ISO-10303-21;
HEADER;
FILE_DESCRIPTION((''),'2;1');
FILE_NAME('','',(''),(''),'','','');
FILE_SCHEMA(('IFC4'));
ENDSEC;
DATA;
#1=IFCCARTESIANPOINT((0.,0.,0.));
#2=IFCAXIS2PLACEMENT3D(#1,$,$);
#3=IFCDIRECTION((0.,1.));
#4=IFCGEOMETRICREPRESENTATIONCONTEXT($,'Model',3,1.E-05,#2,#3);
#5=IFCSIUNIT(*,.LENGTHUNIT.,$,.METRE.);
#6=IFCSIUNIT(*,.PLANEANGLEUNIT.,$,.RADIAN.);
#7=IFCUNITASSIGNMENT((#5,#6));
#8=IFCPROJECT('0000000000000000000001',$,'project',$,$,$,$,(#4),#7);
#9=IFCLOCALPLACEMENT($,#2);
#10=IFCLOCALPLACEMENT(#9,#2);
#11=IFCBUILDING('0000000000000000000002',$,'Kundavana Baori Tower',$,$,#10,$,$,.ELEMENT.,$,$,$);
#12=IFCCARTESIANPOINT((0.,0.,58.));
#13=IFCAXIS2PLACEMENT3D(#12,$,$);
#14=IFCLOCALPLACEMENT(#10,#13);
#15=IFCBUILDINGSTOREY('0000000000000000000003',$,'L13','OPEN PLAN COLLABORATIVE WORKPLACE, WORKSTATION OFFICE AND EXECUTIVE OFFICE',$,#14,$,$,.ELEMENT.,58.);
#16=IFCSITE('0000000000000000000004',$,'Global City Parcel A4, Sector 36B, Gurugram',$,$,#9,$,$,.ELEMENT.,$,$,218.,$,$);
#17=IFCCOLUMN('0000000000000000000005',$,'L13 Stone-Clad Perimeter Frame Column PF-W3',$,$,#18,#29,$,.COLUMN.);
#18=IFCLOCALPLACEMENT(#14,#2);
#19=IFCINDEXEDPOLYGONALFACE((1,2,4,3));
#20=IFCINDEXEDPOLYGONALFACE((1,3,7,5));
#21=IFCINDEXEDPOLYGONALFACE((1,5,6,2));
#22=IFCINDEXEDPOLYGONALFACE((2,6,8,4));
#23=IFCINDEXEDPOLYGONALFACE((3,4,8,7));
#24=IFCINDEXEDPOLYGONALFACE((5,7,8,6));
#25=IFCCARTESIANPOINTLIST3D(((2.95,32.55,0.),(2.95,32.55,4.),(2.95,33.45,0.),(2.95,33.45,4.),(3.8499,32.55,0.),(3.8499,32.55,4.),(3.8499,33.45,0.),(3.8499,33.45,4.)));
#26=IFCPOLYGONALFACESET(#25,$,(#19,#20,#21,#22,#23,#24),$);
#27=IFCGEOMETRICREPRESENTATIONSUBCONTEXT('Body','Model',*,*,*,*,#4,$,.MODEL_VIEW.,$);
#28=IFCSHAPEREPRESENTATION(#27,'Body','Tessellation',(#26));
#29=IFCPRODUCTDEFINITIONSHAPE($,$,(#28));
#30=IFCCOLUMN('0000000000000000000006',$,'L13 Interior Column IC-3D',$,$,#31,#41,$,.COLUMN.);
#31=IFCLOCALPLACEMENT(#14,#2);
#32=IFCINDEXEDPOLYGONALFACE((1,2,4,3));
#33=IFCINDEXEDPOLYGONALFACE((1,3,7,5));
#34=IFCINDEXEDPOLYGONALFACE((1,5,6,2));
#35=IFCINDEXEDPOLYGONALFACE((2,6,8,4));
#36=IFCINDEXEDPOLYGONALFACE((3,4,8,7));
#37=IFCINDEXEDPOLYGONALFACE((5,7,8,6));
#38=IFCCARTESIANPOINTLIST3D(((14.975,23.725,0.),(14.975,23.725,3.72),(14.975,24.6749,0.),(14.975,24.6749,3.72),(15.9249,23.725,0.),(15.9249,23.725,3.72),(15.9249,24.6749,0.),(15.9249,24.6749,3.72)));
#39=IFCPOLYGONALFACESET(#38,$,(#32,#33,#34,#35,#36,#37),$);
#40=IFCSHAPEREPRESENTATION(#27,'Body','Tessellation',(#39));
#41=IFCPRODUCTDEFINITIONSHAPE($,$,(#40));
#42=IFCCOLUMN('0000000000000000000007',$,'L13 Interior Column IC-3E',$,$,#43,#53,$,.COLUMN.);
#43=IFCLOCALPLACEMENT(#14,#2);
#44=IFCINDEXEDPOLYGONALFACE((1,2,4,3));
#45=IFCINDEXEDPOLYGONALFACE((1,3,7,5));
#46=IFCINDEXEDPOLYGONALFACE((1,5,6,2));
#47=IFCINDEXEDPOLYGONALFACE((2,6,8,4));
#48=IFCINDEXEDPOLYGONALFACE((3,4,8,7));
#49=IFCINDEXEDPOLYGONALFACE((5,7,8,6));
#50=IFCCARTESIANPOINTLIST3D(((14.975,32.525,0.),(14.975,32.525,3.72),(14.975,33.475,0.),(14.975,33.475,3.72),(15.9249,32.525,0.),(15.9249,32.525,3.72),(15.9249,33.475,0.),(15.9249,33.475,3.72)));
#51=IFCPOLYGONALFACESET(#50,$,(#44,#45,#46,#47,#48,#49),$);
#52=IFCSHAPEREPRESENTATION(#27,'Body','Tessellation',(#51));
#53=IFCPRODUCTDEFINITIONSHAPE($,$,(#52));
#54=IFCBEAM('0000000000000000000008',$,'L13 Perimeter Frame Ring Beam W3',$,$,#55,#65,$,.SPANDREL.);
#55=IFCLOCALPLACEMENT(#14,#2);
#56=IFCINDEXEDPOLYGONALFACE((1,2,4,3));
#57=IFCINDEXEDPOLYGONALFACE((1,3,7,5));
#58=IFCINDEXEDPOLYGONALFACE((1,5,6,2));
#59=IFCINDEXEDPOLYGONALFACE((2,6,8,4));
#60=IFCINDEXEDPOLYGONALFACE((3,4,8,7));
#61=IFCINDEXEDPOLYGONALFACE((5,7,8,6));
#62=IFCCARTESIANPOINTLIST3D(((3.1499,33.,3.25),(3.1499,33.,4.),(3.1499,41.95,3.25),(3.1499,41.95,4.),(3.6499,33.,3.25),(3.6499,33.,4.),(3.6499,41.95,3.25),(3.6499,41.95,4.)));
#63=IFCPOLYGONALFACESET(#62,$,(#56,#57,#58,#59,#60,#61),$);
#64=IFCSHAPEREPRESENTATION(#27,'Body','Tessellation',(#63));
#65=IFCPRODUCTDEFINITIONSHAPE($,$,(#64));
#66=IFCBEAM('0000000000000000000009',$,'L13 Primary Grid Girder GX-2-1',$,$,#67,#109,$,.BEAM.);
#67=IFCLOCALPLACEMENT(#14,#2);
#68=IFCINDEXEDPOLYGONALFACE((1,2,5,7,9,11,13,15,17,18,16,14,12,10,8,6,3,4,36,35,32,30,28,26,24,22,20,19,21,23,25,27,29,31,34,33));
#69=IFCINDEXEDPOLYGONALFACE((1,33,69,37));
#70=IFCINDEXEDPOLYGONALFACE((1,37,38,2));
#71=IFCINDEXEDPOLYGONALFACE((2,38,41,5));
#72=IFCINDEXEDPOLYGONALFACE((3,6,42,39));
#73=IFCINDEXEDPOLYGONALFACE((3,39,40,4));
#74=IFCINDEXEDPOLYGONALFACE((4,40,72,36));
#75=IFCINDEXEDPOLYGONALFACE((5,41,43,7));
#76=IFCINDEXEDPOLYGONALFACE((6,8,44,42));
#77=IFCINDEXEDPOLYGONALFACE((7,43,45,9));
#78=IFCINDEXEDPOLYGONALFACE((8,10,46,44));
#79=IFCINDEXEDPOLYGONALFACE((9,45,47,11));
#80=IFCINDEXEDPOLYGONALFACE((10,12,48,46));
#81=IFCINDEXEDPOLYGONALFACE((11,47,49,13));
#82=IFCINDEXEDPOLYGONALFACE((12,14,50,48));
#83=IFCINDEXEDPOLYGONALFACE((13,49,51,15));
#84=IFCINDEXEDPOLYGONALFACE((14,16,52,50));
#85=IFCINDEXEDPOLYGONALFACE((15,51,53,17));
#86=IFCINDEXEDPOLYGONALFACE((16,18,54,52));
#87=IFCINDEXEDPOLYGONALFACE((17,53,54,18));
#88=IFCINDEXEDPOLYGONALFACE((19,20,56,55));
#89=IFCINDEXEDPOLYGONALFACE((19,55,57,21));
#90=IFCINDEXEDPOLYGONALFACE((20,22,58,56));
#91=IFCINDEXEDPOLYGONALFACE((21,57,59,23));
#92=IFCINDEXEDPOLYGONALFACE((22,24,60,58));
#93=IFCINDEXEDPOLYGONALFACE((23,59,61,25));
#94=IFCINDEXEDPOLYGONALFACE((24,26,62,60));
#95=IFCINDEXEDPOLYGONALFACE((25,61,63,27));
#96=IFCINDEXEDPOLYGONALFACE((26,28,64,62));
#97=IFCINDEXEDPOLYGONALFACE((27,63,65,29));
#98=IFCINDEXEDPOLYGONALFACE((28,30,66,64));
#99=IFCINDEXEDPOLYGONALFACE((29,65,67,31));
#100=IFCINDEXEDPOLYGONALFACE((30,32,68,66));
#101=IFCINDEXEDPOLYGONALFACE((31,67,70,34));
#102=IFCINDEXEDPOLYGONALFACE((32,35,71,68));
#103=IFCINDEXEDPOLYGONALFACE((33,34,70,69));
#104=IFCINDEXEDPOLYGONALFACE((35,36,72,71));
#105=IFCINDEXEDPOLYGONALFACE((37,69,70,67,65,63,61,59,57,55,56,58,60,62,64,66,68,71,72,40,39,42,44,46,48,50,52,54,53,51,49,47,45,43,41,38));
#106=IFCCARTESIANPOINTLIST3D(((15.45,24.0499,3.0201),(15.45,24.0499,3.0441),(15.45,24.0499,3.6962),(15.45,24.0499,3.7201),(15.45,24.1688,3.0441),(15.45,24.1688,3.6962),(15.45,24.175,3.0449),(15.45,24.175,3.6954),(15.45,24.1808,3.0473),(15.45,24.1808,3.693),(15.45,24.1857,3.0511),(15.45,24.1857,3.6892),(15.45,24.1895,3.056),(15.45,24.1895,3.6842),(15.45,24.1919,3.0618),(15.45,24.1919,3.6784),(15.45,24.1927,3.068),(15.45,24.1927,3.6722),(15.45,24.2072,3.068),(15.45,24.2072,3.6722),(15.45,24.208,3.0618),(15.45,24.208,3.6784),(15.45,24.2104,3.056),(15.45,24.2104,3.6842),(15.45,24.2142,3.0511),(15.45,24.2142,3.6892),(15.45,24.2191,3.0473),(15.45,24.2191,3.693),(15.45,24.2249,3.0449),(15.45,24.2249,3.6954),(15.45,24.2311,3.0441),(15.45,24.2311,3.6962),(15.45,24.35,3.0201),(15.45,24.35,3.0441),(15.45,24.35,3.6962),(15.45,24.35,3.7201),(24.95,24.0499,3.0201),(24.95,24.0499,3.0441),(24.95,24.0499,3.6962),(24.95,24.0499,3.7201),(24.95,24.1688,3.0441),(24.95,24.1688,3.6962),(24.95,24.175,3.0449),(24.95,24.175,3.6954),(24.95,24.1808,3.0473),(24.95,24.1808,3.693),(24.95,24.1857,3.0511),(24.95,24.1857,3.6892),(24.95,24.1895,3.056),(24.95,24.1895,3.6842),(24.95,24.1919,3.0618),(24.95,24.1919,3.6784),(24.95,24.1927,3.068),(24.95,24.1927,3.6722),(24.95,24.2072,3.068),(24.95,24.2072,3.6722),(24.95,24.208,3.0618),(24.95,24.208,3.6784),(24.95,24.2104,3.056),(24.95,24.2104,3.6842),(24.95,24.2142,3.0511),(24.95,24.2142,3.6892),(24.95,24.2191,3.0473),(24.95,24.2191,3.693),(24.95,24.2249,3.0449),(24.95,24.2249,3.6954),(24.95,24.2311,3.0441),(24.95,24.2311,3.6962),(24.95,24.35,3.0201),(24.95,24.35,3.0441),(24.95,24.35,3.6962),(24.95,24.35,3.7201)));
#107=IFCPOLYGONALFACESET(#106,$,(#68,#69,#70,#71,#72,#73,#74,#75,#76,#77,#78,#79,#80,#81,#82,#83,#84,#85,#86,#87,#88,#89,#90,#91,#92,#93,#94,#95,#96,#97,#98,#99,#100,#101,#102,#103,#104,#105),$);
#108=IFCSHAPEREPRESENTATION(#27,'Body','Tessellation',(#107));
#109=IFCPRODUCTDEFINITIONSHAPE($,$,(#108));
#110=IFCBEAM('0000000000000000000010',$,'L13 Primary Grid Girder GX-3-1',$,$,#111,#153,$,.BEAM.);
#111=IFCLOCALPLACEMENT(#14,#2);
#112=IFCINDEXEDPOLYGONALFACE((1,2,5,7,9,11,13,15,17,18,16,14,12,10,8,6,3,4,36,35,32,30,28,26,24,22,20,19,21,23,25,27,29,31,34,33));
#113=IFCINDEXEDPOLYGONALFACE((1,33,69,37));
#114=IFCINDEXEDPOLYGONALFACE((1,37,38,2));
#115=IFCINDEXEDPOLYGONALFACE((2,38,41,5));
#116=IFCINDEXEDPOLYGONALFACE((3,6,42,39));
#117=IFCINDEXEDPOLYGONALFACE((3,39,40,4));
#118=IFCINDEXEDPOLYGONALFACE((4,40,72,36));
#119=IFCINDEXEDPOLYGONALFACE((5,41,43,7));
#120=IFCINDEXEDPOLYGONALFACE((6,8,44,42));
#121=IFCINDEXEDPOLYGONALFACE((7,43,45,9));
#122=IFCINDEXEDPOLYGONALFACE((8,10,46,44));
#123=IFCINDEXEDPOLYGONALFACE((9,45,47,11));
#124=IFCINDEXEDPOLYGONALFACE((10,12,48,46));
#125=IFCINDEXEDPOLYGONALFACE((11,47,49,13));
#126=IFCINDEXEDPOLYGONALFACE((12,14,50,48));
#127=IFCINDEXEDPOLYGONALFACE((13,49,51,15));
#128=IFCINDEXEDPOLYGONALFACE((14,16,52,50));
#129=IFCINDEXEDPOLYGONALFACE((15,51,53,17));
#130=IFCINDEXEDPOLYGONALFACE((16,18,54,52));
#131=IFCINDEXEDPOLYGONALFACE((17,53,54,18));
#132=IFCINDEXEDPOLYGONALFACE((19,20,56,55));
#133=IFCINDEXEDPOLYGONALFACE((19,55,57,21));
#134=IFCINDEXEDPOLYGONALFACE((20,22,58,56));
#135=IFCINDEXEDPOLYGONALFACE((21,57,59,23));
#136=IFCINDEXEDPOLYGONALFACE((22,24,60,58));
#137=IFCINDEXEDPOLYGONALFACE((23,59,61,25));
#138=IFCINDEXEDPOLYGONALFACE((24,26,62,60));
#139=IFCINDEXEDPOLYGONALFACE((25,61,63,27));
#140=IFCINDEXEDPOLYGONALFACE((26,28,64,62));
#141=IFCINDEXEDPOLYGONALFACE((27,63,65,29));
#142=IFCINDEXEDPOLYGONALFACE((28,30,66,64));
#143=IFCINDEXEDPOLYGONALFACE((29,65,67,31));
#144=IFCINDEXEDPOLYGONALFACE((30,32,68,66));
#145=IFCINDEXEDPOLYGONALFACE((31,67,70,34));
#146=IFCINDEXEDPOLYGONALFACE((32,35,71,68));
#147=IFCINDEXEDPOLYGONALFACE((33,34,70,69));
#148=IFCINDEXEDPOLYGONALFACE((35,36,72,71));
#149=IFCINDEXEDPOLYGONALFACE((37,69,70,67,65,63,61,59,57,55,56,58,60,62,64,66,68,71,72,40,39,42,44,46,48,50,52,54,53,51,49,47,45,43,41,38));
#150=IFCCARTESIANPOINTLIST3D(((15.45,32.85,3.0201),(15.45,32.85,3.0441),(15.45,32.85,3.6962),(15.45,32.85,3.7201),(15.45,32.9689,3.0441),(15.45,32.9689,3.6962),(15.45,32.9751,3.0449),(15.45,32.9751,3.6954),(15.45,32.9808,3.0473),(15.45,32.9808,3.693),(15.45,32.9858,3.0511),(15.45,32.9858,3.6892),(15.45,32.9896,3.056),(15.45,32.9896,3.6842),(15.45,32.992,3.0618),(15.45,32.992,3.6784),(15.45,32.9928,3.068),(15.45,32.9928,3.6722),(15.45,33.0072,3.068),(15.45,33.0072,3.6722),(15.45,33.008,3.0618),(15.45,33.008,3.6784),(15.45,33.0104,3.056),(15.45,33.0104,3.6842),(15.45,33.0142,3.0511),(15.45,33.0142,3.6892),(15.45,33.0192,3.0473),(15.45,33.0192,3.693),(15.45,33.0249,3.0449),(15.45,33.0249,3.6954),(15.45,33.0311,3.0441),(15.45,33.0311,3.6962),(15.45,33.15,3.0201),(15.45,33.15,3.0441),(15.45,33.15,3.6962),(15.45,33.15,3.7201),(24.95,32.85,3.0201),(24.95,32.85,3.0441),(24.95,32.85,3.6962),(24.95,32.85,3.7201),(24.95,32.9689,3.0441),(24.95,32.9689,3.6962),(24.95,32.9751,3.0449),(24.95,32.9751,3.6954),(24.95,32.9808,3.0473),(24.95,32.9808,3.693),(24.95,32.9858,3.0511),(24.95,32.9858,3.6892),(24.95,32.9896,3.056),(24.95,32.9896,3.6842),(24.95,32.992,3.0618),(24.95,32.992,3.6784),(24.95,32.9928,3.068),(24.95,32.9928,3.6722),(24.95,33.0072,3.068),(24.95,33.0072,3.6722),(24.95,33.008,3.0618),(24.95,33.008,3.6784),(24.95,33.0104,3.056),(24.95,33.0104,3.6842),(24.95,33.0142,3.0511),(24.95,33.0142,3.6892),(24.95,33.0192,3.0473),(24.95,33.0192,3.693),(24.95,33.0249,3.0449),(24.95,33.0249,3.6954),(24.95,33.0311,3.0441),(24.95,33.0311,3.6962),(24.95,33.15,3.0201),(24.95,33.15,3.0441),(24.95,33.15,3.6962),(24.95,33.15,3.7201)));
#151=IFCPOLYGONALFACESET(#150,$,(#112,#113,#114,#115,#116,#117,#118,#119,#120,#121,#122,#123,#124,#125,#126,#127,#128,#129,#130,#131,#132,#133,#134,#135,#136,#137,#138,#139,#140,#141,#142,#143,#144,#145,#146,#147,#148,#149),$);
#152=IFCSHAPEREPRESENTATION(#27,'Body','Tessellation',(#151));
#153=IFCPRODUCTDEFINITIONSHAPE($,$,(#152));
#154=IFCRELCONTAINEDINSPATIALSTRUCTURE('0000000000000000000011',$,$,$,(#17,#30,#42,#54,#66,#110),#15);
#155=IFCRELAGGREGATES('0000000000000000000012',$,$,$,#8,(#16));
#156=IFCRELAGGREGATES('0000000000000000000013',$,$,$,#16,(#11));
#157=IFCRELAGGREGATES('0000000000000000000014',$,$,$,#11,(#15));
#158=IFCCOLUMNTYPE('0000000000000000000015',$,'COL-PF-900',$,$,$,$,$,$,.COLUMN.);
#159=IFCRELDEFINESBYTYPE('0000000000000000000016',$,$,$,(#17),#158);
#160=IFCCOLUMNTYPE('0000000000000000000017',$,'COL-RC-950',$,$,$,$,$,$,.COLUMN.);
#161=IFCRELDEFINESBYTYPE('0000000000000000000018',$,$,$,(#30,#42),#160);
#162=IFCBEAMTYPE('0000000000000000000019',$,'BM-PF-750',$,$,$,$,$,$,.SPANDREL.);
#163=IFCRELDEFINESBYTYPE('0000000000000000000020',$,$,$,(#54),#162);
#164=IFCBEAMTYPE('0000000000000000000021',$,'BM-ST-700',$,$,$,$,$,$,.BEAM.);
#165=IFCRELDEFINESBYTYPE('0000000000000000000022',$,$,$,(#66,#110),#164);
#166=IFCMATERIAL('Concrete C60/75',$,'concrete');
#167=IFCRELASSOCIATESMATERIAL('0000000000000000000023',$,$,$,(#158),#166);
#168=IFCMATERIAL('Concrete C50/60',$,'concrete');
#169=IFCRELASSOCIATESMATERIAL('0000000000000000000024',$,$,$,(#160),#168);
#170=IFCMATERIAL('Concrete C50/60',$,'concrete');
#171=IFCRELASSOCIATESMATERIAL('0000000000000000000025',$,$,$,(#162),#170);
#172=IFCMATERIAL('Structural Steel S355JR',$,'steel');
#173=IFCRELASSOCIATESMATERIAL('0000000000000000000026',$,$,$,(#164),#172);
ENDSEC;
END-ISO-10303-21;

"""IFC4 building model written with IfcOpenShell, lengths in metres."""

from ifc_helpers import new_model, si_unit, direction, frame, origin, origin_2d, place, context, subcontext, project, spatial, rectangle, i_section, extrude, material, material_profile, profile_set, type_object, element, save


model = new_model("IFC4")

# Units and contexts
model_context = context("Model", 3, precision=1e-05, world=origin(), true_north=direction((0.0, 1.0)))
body_context = subcontext(model_context, "Body", "Model", "MODEL_VIEW")
ifc_project = project(units=[si_unit("LENGTHUNIT", "METRE"), si_unit("PLANEANGLEUNIT", "RADIAN")], contexts=[model_context])

# Site, building, storey
site_placement = place(None, origin())
site = spatial("IfcSite", under=ifc_project, at=site_placement, Name="Global City Parcel A4, Sector 36B, Gurugram", CompositionType="ELEMENT", RefElevation=218.0)
building_placement = place(site_placement, origin())
building = spatial("IfcBuilding", under=site, at=building_placement, Name="Kundavana Baori Tower", CompositionType="ELEMENT")
storey_placement = place(building_placement, frame((0.0, 0.0, 58.0)))
storey = spatial("IfcBuildingStorey", under=building, at=storey_placement, Name="L13", Description="OPEN PLAN COLLABORATIVE WORKPLACE, WORKSTATION OFFICE AND EXECUTIVE OFFICE", CompositionType="ELEMENT", Elevation=58.0)

# Columns
ifc_material_1 = material(Name="Concrete C60/75", Category="concrete")
ifc_material_profile_1 = material_profile(ifc_material_1, rectangle(XDim=0.8999, YDim=0.8999, at=origin_2d()), Name="RC PF 900x900")
ifc_profile_set_1 = profile_set([ifc_material_profile_1], Name="Concrete C60/75")
column_type_1 = type_object("IfcColumnType", Name="COL-PF-900", PredefinedType="COLUMN", material=ifc_profile_set_1)
column_placement = place(storey_placement, frame((3.3999, 33.0, 0.0), z_axis=(0.0, 0.0, 1.0), x_axis=(1.0, 0.0, 0.0)))
element("IfcColumn", 1, at=column_placement, inside=storey, type_object=column_type_1, Name="L13 Stone-Clad Perimeter Frame Column PF-W3", PredefinedType="COLUMN", context=body_context, shape_type="SweptSolid", body=[
    extrude(rectangle(XDim=0.8999, YDim=0.8999, at=origin_2d()), origin(), (0.0, 0.0, 1.0), 4.0),
])
ifc_material_2 = material(Name="Concrete C50/60", Category="concrete")
ifc_material_profile_2 = material_profile(ifc_material_2, rectangle(XDim=0.95, YDim=0.95, at=origin_2d()), Name="RC 950x950")
ifc_profile_set_2 = profile_set([ifc_material_profile_2], Name="Concrete C50/60")
column_type_2 = type_object("IfcColumnType", Name="COL-RC-950", PredefinedType="COLUMN", material=ifc_profile_set_2)
for number, where, z_axis, x_axis, name in (
    (2, (15.45, 24.2, 0.0), (0.0, 0.0, 1.0), (1.0, 0.0, 0.0), "L13 Interior Column IC-3D"),
    (3, (15.45, 33.0, 0.0), (0.0, 0.0, 1.0), (1.0, 0.0, 0.0), "L13 Interior Column IC-3E"),
):
    element("IfcColumn", number, at=place(storey_placement, frame(where, z_axis=z_axis, x_axis=x_axis)), inside=storey, type_object=column_type_2, Name=name, PredefinedType="COLUMN", context=body_context, shape_type="SweptSolid", body=[
        extrude(rectangle(XDim=0.95, YDim=0.95, at=origin_2d()), origin(), (0.0, 0.0, 1.0), 3.72),
    ])

# Beams
ifc_material_3 = material(Name="Concrete C50/60", Category="concrete")
ifc_material_profile_3 = material_profile(ifc_material_3, rectangle(XDim=0.5, YDim=0.75, at=origin_2d()), Name="RC BM 500x750")
ifc_profile_set_3 = profile_set([ifc_material_profile_3], Name="Concrete C50/60")
beam_type_1 = type_object("IfcBeamType", Name="BM-PF-750", PredefinedType="SPANDREL", material=ifc_profile_set_3)
beam_placement = place(storey_placement, frame((3.3999, 33.0, 3.625), z_axis=(0.0, 1.0, 0.0), x_axis=(-1.0, 0.0, 0.0)))
element("IfcBeam", 4, at=beam_placement, inside=storey, type_object=beam_type_1, Name="L13 Perimeter Frame Ring Beam W3", PredefinedType="SPANDREL", context=body_context, shape_type="SweptSolid", body=[
    extrude(rectangle(XDim=0.5, YDim=0.75, at=origin_2d()), origin(), (0.0, 0.0, 1.0), 8.95),
])
ifc_material_4 = material(Name="Structural Steel S355JR", Category="steel")
ifc_material_profile_4 = material_profile(ifc_material_4, i_section(OverallWidth=0.3, OverallDepth=0.7, WebThickness=0.0144, FlangeThickness=0.0239, FilletRadius=0.0239, at=origin_2d()), Name="NPB 700x300x170")
ifc_profile_set_4 = profile_set([ifc_material_profile_4], Name="Structural Steel S355JR")
beam_type_2 = type_object("IfcBeamType", Name="BM-ST-700", PredefinedType="BEAM", material=ifc_profile_set_4)
for number, where, z_axis, x_axis, name in (
    (5, (15.45, 24.2, 3.3701), (1.0, 0.0, 0.0), (0.0, 1.0, 0.0), "L13 Primary Grid Girder GX-2-1"),
    (6, (15.45, 33.0, 3.3701), (1.0, 0.0, 0.0), (0.0, 1.0, 0.0), "L13 Primary Grid Girder GX-3-1"),
):
    element("IfcBeam", number, at=place(storey_placement, frame(where, z_axis=z_axis, x_axis=x_axis)), inside=storey, type_object=beam_type_2, Name=name, PredefinedType="BEAM", context=body_context, shape_type="SweptSolid", body=[
        extrude(i_section(OverallWidth=0.3, OverallDepth=0.7, WebThickness=0.0144, FlangeThickness=0.0239, FilletRadius=0.0239, at=origin_2d()), origin(), (0.0, 0.0, 1.0), 9.5),
    ])

save(model, "model.ifc")
